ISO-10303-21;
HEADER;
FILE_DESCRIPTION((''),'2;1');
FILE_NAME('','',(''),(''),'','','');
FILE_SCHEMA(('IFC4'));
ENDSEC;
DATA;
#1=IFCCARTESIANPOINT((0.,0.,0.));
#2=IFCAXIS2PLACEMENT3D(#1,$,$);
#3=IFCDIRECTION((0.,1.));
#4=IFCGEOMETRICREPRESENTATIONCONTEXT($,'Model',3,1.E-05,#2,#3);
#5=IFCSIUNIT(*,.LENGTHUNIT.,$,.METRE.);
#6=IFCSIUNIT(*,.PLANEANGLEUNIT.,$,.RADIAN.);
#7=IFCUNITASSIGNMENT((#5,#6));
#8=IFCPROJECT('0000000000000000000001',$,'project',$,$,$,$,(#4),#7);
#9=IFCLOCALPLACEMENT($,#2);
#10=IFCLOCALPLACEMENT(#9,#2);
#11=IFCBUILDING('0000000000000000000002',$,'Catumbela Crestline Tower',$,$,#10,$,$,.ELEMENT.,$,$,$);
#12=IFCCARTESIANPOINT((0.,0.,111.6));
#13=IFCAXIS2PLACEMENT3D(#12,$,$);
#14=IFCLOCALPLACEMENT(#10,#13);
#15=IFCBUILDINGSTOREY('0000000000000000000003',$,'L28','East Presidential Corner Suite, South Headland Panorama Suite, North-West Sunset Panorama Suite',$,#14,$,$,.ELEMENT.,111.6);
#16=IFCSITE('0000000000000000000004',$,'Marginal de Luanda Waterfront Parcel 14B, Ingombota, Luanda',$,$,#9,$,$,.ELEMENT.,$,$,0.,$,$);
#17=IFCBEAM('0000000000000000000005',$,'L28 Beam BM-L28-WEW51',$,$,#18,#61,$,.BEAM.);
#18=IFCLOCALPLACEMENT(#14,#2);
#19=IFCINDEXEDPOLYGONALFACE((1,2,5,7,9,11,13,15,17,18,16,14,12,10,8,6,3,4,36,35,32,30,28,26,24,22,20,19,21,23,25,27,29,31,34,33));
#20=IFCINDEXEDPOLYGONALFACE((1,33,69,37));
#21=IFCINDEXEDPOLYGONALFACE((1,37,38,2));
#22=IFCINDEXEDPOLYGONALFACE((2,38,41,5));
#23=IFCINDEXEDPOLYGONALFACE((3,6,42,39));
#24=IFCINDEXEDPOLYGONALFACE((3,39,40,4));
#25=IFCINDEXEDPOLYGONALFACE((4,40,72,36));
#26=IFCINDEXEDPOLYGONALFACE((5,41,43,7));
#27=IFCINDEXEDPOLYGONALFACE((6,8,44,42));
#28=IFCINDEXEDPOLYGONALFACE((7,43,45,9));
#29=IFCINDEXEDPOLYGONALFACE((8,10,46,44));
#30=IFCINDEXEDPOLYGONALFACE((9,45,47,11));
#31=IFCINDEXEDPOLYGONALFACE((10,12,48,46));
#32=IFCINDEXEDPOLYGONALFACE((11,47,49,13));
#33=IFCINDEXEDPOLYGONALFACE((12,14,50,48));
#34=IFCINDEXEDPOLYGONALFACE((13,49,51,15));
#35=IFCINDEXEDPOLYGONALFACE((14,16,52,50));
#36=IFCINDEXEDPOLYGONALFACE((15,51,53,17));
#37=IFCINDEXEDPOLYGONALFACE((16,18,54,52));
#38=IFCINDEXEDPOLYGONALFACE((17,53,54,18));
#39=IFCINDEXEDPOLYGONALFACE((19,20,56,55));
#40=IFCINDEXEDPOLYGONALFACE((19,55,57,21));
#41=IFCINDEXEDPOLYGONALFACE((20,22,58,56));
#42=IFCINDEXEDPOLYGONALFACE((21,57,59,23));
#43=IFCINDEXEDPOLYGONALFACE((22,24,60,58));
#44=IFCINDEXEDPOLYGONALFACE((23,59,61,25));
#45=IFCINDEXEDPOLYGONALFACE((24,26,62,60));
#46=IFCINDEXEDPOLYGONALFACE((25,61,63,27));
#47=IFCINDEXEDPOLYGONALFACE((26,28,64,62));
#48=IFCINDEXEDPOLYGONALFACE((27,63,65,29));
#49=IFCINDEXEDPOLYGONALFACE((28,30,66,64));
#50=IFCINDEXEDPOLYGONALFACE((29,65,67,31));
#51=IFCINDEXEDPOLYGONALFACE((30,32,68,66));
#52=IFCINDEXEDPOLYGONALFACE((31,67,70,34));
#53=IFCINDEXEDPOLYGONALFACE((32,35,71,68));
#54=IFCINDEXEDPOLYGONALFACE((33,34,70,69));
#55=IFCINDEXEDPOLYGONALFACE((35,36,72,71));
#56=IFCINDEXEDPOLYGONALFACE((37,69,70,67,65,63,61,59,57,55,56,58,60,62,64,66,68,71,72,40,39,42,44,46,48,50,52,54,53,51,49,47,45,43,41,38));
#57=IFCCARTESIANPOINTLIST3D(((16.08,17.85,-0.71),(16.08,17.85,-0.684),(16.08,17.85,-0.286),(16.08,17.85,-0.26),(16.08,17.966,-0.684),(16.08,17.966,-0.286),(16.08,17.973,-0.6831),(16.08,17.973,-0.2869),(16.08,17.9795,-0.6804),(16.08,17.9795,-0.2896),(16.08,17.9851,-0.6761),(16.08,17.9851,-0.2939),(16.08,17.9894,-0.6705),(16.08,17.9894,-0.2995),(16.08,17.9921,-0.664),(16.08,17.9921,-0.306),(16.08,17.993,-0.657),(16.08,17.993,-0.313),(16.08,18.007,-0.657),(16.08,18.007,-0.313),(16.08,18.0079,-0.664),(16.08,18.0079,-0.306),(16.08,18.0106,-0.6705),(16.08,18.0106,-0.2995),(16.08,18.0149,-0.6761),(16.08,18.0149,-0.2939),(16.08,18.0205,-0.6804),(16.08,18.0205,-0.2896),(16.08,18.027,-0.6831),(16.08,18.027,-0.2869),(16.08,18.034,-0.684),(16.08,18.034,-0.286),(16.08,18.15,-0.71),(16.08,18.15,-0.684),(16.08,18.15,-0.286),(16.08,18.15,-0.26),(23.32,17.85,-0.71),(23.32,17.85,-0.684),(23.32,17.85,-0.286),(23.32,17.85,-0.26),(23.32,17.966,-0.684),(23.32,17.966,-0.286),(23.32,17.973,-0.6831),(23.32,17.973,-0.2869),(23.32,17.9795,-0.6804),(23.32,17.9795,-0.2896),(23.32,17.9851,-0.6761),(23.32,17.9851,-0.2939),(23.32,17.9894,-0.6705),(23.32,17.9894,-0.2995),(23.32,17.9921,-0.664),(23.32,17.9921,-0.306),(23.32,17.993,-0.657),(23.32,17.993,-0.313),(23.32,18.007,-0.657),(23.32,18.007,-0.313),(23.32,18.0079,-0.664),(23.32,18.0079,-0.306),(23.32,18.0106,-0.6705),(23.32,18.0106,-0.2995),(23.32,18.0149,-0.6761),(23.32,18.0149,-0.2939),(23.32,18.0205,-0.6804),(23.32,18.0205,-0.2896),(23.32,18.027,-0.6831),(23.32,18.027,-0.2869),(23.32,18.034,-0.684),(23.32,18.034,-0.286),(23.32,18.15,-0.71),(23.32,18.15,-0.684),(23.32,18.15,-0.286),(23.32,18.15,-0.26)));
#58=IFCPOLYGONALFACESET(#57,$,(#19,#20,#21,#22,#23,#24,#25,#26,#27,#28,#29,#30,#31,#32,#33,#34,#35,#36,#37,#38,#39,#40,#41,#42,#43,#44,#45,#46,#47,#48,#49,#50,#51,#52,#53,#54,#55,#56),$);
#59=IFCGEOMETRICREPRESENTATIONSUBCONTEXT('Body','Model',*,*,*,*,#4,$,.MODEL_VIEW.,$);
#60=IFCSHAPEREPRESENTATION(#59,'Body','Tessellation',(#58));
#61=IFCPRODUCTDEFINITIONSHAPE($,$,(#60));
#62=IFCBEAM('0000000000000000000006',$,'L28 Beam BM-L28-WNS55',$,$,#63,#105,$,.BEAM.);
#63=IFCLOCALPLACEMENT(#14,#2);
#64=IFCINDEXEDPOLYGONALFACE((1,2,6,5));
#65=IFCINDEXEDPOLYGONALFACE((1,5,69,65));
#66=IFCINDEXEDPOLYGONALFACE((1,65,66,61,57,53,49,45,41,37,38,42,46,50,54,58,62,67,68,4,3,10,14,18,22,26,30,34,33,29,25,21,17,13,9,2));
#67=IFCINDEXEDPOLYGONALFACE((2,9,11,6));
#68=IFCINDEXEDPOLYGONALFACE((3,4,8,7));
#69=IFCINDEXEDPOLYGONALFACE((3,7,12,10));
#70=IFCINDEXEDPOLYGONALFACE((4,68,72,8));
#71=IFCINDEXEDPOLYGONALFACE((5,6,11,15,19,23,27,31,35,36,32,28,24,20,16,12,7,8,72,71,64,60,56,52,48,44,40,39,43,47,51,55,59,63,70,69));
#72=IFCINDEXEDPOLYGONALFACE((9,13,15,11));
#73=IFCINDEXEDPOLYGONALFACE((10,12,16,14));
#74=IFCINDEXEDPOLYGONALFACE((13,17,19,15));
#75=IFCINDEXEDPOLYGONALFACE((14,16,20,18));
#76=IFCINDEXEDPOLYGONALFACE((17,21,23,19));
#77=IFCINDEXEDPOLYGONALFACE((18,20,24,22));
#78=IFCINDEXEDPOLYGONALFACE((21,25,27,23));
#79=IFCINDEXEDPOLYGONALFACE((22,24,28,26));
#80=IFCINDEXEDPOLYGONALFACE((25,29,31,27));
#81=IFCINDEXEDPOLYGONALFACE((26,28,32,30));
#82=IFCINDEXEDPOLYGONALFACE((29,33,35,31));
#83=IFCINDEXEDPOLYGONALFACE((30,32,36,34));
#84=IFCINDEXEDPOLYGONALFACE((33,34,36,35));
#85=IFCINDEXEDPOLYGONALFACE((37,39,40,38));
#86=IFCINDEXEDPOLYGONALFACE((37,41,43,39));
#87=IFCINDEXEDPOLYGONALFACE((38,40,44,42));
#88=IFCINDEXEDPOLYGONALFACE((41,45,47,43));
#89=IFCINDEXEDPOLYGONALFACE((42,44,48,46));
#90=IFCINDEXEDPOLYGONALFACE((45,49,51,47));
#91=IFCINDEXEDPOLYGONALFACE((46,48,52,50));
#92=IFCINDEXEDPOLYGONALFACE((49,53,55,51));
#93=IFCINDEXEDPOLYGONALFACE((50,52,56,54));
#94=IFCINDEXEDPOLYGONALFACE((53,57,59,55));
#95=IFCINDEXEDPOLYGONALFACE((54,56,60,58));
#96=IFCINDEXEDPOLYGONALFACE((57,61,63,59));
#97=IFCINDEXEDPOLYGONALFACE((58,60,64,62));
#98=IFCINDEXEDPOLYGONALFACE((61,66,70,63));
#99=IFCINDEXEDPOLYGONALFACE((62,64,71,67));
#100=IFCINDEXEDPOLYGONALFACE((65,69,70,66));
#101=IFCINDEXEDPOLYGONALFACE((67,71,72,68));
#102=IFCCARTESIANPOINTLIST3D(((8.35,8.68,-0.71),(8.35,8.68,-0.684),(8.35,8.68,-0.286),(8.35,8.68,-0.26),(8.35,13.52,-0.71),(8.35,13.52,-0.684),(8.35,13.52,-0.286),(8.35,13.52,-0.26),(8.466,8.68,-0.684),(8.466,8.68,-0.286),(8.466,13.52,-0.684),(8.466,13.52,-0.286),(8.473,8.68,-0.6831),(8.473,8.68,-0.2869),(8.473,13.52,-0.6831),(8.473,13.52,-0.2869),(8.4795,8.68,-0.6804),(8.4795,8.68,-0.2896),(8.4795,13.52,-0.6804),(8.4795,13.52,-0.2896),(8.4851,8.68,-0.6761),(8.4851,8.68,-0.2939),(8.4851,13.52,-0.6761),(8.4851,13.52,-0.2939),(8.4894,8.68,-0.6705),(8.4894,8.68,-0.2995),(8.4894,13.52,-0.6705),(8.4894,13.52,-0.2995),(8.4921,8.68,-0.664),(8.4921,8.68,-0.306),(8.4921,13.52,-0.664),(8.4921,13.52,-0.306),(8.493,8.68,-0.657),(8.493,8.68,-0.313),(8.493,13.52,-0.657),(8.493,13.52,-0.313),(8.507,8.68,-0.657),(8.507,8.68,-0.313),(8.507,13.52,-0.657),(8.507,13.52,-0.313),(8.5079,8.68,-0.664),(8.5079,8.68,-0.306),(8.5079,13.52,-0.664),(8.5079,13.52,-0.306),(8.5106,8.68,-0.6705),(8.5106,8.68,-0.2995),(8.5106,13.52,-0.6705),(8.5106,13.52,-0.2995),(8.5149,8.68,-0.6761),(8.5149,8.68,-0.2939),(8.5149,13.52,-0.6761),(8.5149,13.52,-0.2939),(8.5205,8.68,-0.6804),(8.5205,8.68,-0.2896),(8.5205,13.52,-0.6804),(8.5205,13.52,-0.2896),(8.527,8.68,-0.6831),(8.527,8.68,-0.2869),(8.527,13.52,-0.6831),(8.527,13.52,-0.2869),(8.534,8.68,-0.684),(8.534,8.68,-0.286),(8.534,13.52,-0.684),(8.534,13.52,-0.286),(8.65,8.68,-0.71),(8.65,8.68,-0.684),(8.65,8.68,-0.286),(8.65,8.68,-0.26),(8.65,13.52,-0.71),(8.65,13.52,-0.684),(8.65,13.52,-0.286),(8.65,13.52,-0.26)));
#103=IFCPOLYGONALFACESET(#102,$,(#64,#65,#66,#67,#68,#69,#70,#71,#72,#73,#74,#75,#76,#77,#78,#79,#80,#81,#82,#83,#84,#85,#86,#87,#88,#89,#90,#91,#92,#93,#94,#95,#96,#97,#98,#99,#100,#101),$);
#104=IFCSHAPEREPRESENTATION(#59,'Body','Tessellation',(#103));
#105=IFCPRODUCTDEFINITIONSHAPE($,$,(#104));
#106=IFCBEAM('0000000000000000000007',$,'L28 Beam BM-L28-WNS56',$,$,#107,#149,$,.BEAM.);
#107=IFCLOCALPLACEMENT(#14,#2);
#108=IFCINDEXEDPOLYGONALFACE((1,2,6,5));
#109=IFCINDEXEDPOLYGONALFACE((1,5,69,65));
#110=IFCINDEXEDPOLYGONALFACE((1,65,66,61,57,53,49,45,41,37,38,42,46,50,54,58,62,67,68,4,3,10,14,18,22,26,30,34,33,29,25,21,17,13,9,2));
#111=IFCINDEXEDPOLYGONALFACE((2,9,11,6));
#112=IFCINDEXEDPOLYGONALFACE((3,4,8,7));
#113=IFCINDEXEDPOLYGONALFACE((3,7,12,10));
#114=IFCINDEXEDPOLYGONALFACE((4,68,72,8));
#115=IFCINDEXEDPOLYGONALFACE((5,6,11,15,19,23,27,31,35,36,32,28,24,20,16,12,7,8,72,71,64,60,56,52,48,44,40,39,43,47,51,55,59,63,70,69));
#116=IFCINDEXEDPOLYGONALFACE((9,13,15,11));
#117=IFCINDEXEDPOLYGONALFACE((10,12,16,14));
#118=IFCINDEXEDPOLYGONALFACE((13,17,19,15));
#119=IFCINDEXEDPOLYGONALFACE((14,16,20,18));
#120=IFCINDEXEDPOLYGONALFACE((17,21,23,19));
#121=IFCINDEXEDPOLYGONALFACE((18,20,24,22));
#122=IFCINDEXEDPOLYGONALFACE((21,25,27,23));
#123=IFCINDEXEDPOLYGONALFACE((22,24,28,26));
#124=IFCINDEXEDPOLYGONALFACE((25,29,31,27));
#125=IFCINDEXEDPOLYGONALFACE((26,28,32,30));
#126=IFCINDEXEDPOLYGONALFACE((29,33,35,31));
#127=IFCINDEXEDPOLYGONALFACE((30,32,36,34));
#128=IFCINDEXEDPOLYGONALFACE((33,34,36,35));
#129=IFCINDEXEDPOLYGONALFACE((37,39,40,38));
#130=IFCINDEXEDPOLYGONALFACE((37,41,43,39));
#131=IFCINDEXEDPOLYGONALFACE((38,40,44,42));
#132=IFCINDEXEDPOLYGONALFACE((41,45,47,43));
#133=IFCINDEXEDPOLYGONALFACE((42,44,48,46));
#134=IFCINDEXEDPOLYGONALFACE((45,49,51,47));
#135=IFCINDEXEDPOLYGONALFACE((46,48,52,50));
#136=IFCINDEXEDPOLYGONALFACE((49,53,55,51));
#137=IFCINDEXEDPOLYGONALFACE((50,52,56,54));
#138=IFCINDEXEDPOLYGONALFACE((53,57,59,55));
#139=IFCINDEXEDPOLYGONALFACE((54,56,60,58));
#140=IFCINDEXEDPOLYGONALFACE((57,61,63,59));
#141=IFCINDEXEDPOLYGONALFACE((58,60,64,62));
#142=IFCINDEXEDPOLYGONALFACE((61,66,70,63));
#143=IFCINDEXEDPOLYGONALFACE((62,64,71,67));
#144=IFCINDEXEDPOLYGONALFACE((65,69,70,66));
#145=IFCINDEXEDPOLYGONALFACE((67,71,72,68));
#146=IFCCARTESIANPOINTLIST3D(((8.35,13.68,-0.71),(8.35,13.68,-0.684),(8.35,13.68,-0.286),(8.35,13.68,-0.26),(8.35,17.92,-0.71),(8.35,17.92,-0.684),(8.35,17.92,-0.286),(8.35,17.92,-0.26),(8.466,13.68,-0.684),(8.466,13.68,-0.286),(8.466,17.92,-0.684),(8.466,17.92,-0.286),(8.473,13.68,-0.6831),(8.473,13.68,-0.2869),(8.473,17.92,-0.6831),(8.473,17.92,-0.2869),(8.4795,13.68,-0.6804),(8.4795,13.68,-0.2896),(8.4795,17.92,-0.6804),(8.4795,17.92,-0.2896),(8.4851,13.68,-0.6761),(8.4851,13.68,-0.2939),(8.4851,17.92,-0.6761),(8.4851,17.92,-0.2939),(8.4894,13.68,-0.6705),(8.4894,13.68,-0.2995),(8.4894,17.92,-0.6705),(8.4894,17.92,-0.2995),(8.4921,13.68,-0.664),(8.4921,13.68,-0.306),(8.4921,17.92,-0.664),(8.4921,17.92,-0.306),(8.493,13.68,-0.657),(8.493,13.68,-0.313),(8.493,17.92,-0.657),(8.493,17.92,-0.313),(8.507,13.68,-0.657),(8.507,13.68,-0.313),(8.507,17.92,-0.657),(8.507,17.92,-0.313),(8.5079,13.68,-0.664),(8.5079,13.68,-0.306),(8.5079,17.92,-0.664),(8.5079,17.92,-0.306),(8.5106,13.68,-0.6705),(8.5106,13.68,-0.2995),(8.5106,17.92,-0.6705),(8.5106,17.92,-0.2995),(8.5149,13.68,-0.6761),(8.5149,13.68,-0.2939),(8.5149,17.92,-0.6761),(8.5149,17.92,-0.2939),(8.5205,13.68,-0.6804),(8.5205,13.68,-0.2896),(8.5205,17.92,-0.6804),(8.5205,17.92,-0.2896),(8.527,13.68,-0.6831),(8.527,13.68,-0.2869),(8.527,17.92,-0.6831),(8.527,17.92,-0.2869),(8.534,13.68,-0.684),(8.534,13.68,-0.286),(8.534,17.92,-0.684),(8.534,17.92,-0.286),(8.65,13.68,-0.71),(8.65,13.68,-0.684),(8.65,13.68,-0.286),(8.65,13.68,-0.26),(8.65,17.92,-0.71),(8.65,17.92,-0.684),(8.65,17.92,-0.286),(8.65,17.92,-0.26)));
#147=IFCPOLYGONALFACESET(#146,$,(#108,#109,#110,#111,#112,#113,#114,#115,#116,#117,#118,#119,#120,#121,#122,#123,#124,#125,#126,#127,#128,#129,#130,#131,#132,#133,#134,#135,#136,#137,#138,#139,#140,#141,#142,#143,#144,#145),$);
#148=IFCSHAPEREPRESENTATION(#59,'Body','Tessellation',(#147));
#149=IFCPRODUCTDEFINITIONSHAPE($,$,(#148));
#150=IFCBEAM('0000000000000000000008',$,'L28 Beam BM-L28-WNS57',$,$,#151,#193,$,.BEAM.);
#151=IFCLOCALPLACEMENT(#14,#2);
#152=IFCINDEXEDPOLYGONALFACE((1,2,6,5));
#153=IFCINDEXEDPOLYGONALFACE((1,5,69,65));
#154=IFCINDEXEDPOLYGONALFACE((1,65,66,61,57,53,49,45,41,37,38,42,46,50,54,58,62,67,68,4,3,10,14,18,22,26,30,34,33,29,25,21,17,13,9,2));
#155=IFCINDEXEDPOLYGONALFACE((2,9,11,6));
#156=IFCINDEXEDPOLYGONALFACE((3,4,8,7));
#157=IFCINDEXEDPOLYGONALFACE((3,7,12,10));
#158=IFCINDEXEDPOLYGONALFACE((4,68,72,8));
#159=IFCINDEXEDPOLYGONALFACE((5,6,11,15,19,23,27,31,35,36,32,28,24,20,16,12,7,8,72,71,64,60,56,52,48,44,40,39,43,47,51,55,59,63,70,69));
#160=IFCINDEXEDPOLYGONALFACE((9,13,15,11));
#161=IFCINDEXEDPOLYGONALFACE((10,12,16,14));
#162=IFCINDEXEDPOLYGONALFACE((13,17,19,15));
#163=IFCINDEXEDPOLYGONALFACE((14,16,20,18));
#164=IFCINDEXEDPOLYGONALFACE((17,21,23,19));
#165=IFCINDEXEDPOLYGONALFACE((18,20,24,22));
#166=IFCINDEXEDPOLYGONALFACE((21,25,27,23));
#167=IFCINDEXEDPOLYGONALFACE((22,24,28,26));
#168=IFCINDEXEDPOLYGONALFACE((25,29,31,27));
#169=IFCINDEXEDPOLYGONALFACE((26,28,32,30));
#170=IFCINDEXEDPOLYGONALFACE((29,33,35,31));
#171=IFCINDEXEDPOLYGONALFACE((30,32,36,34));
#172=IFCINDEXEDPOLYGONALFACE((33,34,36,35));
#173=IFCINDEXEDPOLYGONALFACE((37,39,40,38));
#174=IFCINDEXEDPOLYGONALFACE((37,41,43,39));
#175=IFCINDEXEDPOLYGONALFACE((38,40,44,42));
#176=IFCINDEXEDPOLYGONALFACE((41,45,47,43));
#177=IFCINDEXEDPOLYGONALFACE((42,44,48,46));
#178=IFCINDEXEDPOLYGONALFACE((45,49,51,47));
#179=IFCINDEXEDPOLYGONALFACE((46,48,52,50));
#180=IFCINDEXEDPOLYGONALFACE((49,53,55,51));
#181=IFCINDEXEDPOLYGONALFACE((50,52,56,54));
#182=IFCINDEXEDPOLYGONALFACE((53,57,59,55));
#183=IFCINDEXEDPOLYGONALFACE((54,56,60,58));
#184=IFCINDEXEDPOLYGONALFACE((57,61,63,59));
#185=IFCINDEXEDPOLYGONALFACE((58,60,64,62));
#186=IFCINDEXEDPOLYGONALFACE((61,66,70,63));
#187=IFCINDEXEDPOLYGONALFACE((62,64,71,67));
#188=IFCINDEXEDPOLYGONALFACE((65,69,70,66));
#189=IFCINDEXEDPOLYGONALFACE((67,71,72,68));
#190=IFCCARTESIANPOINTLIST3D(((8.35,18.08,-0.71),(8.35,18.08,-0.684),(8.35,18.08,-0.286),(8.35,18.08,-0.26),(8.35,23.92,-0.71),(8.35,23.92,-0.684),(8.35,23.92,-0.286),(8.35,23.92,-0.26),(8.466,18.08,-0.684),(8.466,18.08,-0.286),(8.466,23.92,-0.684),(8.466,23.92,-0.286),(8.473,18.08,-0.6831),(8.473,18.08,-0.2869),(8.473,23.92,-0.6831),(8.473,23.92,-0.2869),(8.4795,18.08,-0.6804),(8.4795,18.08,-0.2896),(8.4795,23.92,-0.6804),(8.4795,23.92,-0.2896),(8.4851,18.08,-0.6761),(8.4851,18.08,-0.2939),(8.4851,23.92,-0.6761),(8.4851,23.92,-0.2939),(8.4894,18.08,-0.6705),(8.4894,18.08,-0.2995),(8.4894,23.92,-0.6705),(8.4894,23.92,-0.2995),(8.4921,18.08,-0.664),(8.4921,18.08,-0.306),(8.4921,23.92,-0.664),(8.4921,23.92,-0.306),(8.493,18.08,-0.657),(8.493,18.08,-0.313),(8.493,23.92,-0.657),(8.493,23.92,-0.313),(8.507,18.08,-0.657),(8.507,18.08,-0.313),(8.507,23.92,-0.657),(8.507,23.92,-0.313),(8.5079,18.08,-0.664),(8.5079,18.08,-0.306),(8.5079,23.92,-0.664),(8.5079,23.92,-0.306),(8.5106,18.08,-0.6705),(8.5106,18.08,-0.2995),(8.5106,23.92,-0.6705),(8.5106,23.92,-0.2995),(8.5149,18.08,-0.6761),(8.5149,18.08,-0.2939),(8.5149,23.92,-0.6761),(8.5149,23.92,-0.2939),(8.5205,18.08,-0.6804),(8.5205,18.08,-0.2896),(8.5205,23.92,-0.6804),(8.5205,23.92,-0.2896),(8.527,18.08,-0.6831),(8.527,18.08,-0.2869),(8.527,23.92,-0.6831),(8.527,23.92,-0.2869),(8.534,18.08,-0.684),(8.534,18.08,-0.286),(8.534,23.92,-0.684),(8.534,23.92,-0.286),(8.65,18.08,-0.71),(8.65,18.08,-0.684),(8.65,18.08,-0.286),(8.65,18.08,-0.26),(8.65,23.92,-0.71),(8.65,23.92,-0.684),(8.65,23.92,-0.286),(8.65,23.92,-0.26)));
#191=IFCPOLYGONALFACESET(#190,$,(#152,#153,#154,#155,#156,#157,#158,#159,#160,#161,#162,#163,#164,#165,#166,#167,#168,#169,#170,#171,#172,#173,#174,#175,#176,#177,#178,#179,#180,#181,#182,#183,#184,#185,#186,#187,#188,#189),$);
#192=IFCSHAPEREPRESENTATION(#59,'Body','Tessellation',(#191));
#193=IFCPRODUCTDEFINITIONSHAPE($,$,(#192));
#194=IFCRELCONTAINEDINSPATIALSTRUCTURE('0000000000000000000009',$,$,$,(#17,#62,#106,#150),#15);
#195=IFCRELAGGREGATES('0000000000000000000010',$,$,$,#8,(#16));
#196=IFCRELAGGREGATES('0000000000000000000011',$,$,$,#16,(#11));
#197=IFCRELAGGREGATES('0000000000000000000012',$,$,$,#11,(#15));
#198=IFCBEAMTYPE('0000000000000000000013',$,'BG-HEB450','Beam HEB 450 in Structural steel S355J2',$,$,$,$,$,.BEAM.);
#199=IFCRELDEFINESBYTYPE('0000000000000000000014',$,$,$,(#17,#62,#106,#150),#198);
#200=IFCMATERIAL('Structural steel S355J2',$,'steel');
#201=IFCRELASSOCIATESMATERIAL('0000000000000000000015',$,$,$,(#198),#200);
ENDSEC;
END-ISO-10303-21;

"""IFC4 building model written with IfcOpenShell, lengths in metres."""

from ifc_helpers import new_model, si_unit, direction, frame, origin, origin_2d, place, context, subcontext, project, spatial, i_section, extrude, material, material_profile, profile_set, type_object, element, save


model = new_model("IFC4")

# Units and contexts
model_context = context("Model", 3, precision=1e-05, world=origin(), true_north=direction((0.0, 1.0)))
body_context = subcontext(model_context, "Body", "Model", "MODEL_VIEW")
ifc_project = project(units=[si_unit("LENGTHUNIT", "METRE"), si_unit("PLANEANGLEUNIT", "RADIAN")], contexts=[model_context])

# Site, building, storey
site_placement = place(None, origin())
site = spatial("IfcSite", under=ifc_project, at=site_placement, Name="Marginal de Luanda Waterfront Parcel 14B, Ingombota, Luanda", CompositionType="ELEMENT", RefElevation=0.0)
building_placement = place(site_placement, origin())
building = spatial("IfcBuilding", under=site, at=building_placement, Name="Catumbela Crestline Tower", CompositionType="ELEMENT")
storey_placement = place(building_placement, frame((0.0, 0.0, 111.6)))
storey = spatial("IfcBuildingStorey", under=building, at=storey_placement, Name="L28", Description="East Presidential Corner Suite, South Headland Panorama Suite, North-West Sunset Panorama Suite", CompositionType="ELEMENT", Elevation=111.6)

# Beams
ifc_material_1 = material(Name="Structural steel S355J2", Category="steel")
ifc_material_profile_1 = material_profile(ifc_material_1, i_section(OverallWidth=0.3, OverallDepth=0.45, WebThickness=0.014, FlangeThickness=0.026, FilletRadius=0.027, at=origin_2d()), Name="HEB 450")
ifc_profile_set_1 = profile_set([ifc_material_profile_1], Name="Structural steel S355J2")
beam_type_1 = type_object("IfcBeamType", Name="BG-HEB450", Description="Beam HEB 450 in Structural steel S355J2", PredefinedType="BEAM", material=ifc_profile_set_1)
beam_1_placement = place(storey_placement, frame((16.08, 18.0, -0.485), z_axis=(1.0, 0.0, 0.0), x_axis=(0.0, 1.0, 0.0)))
element("IfcBeam", 1, at=beam_1_placement, inside=storey, type_object=beam_type_1, Name="L28 Beam BM-L28-WEW51", PredefinedType="BEAM", context=body_context, shape_type="SweptSolid", body=[
    extrude(i_section(OverallWidth=0.3, OverallDepth=0.45, WebThickness=0.014, FlangeThickness=0.026, FilletRadius=0.027, at=origin_2d()), origin(), (0.0, 0.0, 1.0), 7.24),
])
beam_2_placement = place(storey_placement, frame((8.5, 8.68, -0.485), z_axis=(0.0, 1.0, 0.0), x_axis=(-1.0, 0.0, 0.0)))
element("IfcBeam", 2, at=beam_2_placement, inside=storey, type_object=beam_type_1, Name="L28 Beam BM-L28-WNS55", PredefinedType="BEAM", context=body_context, shape_type="SweptSolid", body=[
    extrude(i_section(OverallWidth=0.3, OverallDepth=0.45, WebThickness=0.014, FlangeThickness=0.026, FilletRadius=0.027, at=origin_2d()), origin(), (0.0, 0.0, 1.0), 4.84),
])
beam_3_placement = place(storey_placement, frame((8.5, 13.68, -0.485), z_axis=(0.0, 1.0, 0.0), x_axis=(-1.0, 0.0, 0.0)))
element("IfcBeam", 3, at=beam_3_placement, inside=storey, type_object=beam_type_1, Name="L28 Beam BM-L28-WNS56", PredefinedType="BEAM", context=body_context, shape_type="SweptSolid", body=[
    extrude(i_section(OverallWidth=0.3, OverallDepth=0.45, WebThickness=0.014, FlangeThickness=0.026, FilletRadius=0.027, at=origin_2d()), origin(), (0.0, 0.0, 1.0), 4.24),
])
beam_4_placement = place(storey_placement, frame((8.5, 18.08, -0.485), z_axis=(0.0, 1.0, 0.0), x_axis=(-1.0, 0.0, 0.0)))
element("IfcBeam", 4, at=beam_4_placement, inside=storey, type_object=beam_type_1, Name="L28 Beam BM-L28-WNS57", PredefinedType="BEAM", context=body_context, shape_type="SweptSolid", body=[
    extrude(i_section(OverallWidth=0.3, OverallDepth=0.45, WebThickness=0.014, FlangeThickness=0.026, FilletRadius=0.027, at=origin_2d()), origin(), (0.0, 0.0, 1.0), 5.84),
])

save(model, "model.ifc")
